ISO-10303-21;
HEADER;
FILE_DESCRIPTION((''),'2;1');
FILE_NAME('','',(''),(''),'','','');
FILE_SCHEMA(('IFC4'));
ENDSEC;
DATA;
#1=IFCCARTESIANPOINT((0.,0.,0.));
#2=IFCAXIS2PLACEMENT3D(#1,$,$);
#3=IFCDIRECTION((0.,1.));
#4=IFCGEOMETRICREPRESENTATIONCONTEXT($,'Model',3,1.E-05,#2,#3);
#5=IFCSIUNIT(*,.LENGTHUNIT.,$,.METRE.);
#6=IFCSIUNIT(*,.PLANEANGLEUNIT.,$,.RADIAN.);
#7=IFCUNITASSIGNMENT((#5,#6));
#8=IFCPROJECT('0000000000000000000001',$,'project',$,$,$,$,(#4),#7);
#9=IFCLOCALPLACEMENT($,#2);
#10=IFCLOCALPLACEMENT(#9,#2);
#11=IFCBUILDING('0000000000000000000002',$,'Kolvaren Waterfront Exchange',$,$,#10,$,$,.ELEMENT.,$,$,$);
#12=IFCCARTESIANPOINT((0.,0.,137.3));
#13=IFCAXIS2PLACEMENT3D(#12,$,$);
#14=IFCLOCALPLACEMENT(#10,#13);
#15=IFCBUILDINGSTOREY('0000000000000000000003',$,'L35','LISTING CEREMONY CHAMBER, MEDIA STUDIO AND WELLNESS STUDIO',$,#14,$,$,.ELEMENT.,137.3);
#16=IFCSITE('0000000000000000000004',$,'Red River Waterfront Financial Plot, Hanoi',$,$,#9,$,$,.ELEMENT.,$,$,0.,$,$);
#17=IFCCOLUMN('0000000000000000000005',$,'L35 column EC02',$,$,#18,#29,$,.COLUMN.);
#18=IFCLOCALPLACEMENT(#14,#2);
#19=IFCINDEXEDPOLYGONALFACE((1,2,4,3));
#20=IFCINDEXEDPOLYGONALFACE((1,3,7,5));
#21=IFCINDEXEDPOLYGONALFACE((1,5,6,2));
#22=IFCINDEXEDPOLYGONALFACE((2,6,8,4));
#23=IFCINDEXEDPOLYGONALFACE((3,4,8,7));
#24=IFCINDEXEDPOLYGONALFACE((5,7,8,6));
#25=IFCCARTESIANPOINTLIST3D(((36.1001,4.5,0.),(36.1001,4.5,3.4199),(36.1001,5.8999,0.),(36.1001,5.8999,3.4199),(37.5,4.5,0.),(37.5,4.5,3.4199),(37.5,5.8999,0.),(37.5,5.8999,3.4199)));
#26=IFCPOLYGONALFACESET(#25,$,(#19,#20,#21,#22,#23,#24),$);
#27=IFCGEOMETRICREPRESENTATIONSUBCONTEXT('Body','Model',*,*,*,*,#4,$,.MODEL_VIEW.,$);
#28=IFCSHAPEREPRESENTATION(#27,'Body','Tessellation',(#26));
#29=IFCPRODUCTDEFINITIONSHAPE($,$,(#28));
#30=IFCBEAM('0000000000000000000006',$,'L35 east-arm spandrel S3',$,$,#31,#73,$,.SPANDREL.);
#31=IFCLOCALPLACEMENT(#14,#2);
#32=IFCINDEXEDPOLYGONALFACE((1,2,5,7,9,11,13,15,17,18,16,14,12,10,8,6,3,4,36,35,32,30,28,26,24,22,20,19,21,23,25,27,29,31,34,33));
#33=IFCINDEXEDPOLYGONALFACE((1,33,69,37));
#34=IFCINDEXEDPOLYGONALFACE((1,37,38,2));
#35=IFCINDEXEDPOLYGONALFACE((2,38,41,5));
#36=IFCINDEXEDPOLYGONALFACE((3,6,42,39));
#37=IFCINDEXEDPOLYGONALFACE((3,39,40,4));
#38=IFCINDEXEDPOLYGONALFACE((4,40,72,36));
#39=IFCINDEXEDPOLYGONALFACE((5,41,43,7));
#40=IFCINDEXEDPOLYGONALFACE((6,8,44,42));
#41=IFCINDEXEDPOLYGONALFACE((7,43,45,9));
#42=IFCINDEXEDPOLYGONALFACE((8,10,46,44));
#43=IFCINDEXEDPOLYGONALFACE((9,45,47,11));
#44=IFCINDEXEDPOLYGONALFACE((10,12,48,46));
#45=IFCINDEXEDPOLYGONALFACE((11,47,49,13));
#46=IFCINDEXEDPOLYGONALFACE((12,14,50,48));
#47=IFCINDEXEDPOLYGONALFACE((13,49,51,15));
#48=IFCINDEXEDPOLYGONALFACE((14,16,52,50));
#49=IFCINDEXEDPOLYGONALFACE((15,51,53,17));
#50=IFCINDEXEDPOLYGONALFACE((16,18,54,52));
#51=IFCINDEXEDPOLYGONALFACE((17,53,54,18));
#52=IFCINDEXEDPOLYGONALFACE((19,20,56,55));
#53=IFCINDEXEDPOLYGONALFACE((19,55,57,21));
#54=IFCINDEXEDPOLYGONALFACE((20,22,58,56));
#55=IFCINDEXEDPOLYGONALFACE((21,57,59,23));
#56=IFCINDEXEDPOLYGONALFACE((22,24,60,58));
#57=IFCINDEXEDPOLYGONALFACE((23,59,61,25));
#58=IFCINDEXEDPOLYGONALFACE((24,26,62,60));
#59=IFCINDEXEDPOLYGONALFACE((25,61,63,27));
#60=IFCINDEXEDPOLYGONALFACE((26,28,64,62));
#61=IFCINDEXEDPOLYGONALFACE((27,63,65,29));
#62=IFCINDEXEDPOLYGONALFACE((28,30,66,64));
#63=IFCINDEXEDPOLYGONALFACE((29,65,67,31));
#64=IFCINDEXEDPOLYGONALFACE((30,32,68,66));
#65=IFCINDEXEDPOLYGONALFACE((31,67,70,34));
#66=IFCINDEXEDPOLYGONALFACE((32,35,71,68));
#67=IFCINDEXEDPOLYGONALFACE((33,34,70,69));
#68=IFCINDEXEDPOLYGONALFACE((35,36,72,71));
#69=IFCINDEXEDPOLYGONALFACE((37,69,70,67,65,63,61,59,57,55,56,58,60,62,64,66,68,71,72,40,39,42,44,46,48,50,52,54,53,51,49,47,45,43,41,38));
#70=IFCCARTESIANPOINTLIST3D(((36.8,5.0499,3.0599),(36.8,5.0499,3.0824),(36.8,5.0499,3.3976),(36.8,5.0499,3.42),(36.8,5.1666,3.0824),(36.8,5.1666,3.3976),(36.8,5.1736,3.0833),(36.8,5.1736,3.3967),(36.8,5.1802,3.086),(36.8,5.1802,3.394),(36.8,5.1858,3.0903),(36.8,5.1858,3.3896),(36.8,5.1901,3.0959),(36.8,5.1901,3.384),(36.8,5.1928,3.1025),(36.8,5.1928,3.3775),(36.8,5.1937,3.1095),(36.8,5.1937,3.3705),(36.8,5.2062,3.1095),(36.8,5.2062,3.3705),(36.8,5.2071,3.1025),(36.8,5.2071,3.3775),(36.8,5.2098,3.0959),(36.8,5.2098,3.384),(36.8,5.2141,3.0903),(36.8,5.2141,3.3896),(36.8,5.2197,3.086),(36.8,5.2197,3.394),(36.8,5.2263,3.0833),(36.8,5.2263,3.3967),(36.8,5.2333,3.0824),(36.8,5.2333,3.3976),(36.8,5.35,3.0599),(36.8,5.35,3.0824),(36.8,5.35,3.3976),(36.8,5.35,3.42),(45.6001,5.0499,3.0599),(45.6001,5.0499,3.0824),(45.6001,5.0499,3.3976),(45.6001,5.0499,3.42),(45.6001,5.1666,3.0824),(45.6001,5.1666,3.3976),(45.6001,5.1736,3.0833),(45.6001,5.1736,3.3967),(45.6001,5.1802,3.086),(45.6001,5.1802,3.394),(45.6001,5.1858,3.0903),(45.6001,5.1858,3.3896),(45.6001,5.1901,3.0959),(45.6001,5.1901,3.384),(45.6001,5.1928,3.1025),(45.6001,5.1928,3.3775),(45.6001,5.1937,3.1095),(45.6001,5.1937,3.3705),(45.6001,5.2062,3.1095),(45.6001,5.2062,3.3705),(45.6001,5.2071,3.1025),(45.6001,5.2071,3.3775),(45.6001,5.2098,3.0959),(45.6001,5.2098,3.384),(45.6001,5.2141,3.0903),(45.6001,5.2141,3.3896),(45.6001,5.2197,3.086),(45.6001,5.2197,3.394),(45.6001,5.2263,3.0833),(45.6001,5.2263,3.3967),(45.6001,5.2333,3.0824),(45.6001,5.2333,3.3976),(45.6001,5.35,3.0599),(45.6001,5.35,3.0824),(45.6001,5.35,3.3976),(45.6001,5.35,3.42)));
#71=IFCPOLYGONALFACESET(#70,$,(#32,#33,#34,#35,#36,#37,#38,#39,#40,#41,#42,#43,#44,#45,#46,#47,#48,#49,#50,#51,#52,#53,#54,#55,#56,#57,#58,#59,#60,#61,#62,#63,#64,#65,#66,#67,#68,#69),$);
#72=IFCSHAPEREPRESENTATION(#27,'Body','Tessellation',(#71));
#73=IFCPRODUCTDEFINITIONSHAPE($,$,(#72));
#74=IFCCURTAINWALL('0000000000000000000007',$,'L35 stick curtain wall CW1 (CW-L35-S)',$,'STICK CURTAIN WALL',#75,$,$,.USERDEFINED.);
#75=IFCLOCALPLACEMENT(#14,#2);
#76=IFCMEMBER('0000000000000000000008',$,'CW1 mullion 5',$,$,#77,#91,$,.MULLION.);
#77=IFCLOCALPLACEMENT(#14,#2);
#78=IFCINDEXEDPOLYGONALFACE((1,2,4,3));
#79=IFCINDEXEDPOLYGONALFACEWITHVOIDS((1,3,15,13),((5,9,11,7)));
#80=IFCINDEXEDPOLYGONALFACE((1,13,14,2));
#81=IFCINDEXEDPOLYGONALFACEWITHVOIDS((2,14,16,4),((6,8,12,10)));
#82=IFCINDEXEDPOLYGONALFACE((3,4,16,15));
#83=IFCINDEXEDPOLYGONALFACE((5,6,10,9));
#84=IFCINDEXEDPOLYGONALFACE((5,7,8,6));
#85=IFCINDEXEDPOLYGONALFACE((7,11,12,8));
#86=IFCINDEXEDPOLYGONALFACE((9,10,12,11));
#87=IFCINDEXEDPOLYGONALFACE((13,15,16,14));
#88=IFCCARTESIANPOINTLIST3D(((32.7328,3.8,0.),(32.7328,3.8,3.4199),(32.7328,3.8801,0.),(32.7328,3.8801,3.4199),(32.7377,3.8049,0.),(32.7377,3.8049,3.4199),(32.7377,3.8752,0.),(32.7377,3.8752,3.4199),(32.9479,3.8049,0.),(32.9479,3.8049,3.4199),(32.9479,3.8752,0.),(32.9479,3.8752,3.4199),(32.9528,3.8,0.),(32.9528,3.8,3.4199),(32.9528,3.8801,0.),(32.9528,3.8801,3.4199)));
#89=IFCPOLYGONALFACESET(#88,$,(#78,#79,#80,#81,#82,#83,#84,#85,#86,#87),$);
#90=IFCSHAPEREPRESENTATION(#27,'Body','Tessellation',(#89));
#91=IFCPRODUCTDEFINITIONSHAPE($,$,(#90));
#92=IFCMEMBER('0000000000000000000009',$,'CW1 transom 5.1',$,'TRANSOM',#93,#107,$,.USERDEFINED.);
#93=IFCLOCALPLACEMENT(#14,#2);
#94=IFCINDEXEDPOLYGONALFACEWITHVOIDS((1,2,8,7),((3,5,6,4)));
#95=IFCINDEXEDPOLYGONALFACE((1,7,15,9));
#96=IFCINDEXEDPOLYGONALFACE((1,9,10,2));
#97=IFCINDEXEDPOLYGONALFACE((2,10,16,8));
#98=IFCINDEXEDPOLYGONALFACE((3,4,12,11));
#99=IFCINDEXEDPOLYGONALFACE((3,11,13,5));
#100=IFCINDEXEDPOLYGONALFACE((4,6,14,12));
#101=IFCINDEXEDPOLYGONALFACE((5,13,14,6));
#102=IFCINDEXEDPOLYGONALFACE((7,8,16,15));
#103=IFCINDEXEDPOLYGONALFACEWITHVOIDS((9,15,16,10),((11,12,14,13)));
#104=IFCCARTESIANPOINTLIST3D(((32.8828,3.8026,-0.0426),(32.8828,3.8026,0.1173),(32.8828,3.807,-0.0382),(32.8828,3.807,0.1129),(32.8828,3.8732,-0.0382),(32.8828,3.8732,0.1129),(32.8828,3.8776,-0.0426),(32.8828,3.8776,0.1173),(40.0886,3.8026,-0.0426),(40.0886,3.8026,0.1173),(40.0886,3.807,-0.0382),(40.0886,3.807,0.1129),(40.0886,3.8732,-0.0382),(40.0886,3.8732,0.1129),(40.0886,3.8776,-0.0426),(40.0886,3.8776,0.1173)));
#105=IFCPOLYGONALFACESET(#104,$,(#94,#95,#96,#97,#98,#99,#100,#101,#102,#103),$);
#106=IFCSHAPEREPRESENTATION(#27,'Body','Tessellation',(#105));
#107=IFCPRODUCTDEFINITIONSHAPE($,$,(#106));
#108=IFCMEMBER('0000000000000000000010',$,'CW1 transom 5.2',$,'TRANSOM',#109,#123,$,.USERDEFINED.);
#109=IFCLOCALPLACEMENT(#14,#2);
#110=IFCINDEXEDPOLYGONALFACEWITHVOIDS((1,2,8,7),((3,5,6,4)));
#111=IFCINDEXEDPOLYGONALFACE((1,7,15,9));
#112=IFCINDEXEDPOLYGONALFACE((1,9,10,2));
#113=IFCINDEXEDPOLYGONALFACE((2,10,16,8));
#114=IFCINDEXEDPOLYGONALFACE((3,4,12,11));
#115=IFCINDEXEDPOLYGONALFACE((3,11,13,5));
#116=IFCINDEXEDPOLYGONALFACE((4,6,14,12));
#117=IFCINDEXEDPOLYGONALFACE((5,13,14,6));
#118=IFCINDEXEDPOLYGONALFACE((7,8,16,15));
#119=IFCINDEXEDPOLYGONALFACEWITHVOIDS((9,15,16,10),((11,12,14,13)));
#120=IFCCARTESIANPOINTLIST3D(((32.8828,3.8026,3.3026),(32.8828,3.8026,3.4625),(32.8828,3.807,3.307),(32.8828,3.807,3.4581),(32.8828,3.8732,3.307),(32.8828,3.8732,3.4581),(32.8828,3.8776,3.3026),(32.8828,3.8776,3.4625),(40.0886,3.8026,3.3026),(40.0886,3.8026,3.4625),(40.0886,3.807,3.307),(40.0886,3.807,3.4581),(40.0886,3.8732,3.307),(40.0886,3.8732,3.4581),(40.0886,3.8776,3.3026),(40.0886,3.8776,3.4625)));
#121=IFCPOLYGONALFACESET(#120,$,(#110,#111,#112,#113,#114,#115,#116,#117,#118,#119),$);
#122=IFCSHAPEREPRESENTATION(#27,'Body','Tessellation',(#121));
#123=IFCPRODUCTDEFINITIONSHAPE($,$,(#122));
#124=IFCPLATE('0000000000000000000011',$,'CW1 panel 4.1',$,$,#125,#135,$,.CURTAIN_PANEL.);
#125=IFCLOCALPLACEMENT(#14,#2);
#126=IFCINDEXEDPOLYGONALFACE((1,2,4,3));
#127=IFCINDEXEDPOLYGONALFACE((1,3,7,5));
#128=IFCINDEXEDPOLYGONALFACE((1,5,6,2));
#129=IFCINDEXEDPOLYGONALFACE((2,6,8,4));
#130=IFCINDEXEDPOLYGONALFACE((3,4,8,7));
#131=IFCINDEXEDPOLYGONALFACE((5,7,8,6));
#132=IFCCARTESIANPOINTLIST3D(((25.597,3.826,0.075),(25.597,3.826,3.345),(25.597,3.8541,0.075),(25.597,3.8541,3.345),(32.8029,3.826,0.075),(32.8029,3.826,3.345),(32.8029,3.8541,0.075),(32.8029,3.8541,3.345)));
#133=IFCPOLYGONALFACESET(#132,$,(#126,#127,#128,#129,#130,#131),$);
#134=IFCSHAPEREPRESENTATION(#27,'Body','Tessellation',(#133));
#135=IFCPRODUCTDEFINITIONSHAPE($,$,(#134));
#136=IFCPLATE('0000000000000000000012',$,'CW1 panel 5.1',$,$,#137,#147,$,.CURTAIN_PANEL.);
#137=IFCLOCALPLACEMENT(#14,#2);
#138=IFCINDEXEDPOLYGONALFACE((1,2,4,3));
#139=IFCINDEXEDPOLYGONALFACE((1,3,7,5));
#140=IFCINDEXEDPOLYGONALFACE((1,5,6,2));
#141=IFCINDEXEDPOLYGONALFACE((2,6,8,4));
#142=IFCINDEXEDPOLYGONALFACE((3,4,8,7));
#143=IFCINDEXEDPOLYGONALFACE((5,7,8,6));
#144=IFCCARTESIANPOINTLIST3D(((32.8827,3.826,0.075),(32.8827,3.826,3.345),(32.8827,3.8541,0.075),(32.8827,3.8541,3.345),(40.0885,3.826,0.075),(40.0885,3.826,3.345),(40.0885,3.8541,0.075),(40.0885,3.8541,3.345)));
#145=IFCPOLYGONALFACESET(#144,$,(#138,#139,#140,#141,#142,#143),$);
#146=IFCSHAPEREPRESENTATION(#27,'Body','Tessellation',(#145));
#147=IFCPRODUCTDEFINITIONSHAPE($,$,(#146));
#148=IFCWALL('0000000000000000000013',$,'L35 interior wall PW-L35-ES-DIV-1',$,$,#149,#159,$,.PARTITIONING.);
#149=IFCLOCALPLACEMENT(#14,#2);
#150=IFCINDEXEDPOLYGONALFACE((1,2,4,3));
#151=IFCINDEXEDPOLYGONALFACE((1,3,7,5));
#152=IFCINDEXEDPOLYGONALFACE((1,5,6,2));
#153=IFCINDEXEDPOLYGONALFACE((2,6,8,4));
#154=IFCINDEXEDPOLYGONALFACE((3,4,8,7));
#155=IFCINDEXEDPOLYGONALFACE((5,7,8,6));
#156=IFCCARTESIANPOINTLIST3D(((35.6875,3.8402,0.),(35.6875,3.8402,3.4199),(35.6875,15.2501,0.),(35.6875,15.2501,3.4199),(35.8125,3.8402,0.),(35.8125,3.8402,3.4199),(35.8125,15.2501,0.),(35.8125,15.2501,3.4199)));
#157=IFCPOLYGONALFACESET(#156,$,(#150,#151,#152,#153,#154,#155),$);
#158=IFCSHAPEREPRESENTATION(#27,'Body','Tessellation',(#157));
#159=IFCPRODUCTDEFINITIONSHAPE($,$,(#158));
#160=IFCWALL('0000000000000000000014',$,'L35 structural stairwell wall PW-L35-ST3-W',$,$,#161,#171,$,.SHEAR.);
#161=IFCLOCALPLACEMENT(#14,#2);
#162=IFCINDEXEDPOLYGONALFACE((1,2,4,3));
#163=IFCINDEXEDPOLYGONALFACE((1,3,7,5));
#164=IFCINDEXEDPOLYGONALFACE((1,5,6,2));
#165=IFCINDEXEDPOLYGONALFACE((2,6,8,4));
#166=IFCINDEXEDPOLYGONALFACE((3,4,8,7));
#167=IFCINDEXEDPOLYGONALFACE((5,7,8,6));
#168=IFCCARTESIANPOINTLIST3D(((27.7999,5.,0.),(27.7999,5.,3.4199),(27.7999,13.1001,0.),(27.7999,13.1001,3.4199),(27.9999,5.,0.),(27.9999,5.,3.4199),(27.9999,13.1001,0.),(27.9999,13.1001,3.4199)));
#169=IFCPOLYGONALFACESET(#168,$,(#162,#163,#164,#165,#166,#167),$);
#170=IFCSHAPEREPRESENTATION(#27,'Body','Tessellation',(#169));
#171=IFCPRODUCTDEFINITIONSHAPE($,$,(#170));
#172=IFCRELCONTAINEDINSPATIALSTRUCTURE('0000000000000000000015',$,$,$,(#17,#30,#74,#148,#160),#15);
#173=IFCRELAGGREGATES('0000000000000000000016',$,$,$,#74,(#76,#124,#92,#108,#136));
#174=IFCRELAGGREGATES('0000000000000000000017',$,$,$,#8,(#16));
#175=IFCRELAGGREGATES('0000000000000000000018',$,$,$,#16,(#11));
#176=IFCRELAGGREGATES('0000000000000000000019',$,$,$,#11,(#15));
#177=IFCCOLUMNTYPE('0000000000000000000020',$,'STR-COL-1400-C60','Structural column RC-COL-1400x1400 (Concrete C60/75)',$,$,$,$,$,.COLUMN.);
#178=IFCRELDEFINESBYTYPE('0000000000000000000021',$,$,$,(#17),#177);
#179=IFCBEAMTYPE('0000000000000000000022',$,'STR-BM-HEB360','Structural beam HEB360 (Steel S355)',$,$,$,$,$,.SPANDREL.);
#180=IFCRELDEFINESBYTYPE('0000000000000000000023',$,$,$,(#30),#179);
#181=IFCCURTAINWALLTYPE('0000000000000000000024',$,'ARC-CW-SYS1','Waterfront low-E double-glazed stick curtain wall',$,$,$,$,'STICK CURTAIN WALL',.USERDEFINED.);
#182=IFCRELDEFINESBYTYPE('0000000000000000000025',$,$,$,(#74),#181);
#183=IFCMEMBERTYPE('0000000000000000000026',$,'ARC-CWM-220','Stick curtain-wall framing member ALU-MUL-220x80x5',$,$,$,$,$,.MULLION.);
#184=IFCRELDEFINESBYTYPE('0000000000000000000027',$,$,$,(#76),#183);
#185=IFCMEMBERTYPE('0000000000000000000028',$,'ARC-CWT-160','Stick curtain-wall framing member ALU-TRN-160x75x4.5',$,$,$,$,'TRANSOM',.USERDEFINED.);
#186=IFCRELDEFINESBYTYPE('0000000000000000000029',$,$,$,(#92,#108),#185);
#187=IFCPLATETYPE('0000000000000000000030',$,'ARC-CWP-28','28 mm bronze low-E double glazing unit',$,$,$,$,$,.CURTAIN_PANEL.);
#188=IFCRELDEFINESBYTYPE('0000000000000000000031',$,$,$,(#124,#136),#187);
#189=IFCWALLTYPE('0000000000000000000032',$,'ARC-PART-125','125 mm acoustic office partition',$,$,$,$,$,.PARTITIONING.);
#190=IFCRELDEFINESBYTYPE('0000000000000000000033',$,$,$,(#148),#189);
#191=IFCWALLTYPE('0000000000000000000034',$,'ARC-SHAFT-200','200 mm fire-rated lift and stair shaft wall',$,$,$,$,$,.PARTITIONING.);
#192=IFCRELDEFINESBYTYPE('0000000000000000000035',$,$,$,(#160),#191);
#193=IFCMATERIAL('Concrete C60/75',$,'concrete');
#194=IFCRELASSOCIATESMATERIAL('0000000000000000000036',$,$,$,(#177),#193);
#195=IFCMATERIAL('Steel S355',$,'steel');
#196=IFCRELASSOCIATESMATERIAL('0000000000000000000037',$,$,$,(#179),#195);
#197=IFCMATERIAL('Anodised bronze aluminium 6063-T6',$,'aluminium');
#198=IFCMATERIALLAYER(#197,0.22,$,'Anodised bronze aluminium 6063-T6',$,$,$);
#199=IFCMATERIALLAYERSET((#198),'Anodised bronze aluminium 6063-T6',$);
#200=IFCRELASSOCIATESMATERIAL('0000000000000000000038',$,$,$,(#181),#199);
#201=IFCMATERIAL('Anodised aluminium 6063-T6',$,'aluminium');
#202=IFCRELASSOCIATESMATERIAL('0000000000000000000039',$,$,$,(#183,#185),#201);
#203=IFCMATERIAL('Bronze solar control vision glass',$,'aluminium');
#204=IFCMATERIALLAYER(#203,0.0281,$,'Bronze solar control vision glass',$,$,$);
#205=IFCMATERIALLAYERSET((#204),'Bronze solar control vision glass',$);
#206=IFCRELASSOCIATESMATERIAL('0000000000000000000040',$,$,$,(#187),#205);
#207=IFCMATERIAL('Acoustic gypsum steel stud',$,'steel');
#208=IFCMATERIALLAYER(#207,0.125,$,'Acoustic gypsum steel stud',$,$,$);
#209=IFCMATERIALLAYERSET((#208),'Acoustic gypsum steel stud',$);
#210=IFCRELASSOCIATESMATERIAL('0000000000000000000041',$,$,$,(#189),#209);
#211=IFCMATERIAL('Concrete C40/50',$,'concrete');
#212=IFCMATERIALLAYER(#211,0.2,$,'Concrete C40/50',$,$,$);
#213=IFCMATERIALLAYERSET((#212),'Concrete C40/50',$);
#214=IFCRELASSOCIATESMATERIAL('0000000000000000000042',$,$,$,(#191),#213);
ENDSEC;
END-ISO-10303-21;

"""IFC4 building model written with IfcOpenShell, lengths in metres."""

from ifc_helpers import new_model, si_unit, direction, frame, frame_2d, origin, origin_with_axes, origin_2d, place, context, subcontext, project, spatial, rectangle, hollow_rectangle, i_section, extrude, source, transform, mapped, material, layer, layer_set, material_profile, profile_set, type_object, element, aggregate, save


model = new_model("IFC4")

# Units and contexts
model_context = context("Model", 3, precision=1e-05, world=origin(), true_north=direction((0.0, 1.0)))
body_context = subcontext(model_context, "Body", "Model", "MODEL_VIEW")
ifc_project = project(units=[si_unit("LENGTHUNIT", "METRE"), si_unit("PLANEANGLEUNIT", "RADIAN")], contexts=[model_context])

# Site, building, storey
site_placement = place(None, origin())
site = spatial("IfcSite", under=ifc_project, at=site_placement, Name="Red River Waterfront Financial Plot, Hanoi", CompositionType="ELEMENT", RefElevation=0.0)
building_placement = place(site_placement, origin())
building = spatial("IfcBuilding", under=site, at=building_placement, Name="Kolvaren Waterfront Exchange", CompositionType="ELEMENT")
storey_placement = place(building_placement, frame((0.0, 0.0, 137.3)))
storey = spatial("IfcBuildingStorey", under=building, at=storey_placement, Name="L35", Description="LISTING CEREMONY CHAMBER, MEDIA STUDIO AND WELLNESS STUDIO", CompositionType="ELEMENT", Elevation=137.3)

# Column
ifc_material_1 = material(Name="Concrete C60/75", Category="concrete")
ifc_material_profile_1 = material_profile(ifc_material_1, rectangle(XDim=1.3999, YDim=1.3999, at=origin_2d()), Name="RC-COL-1400x1400")
ifc_profile_set_1 = profile_set([ifc_material_profile_1], Name="Concrete C60/75")
column_type = type_object("IfcColumnType", Name="STR-COL-1400-C60", Description="Structural column RC-COL-1400x1400 (Concrete C60/75)", PredefinedType="COLUMN", material=ifc_profile_set_1)
column_placement = place(storey_placement, frame((36.8, 5.2, 0.0), z_axis=(0.0, 0.0, 1.0), x_axis=(1.0, 0.0, 0.0)))
element("IfcColumn", 1, at=column_placement, inside=storey, type_object=column_type, Name="L35 column EC02", PredefinedType="COLUMN", context=body_context, shape_type="SweptSolid", body=[
    extrude(rectangle(XDim=1.3999, YDim=1.3999, at=origin_2d()), origin(), (0.0, 0.0, 1.0), 3.4199),
])

# Beam
ifc_material_2 = material(Name="Steel S355", Category="steel")
ifc_material_profile_2 = material_profile(ifc_material_2, i_section(OverallWidth=0.3, OverallDepth=0.3601, WebThickness=0.0125, FlangeThickness=0.0225, FilletRadius=0.0271, at=origin_2d()), Name="HEB360")
ifc_profile_set_2 = profile_set([ifc_material_profile_2], Name="Steel S355")
beam_type = type_object("IfcBeamType", Name="STR-BM-HEB360", Description="Structural beam HEB360 (Steel S355)", PredefinedType="SPANDREL", material=ifc_profile_set_2)
beam_placement = place(storey_placement, frame((36.8, 5.2, 3.24), z_axis=(1.0, 0.0, 0.0), x_axis=(0.0, 1.0, 0.0)))
element("IfcBeam", 2, at=beam_placement, inside=storey, type_object=beam_type, Name="L35 east-arm spandrel S3", PredefinedType="SPANDREL", context=body_context, shape_type="SweptSolid", body=[
    extrude(i_section(OverallWidth=0.3, OverallDepth=0.3601, WebThickness=0.0125, FlangeThickness=0.0225, FilletRadius=0.0271, at=origin_2d()), origin(), (0.0, 0.0, 1.0), 8.8),
])

# Curtain wall, members, plates
ifc_material_3 = material(Name="Anodised bronze aluminium 6063-T6", Category="aluminium")
ifc_layer_1 = layer(ifc_material_3, 0.22, Name="Anodised bronze aluminium 6063-T6")
ifc_layer_set_1 = layer_set([ifc_layer_1], Name="Anodised bronze aluminium 6063-T6")
curtain_wall_type = type_object("IfcCurtainWallType", Name="ARC-CW-SYS1", Description="Waterfront low-E double-glazed stick curtain wall", ElementType="STICK CURTAIN WALL", PredefinedType="USERDEFINED", material=ifc_layer_set_1)
curtain_wall_placement = place(storey_placement, origin())
curtain_wall = element("IfcCurtainWall", 3, at=curtain_wall_placement, inside=storey, type_object=curtain_wall_type, Name="L35 stick curtain wall CW1 (CW-L35-S)", ObjectType="STICK CURTAIN WALL", PredefinedType="USERDEFINED")
ifc_material_4 = material(Name="Anodised aluminium 6063-T6", Category="aluminium")
ifc_material_profile_3 = material_profile(ifc_material_4, hollow_rectangle(XDim=0.0801, YDim=0.22, WallThickness=0.0049, at=origin_2d()), Name="ALU-MUL-220x80x5")
ifc_profile_set_3 = profile_set([ifc_material_profile_3], Name="Anodised aluminium 6063-T6")
member_type_1 = type_object("IfcMemberType", Name="ARC-CWM-220", Description="Stick curtain-wall framing member ALU-MUL-220x80x5", PredefinedType="MULLION", material=ifc_profile_set_3)
shared_shape_1 = source(origin_with_axes(), body_context, "Body", "SweptSolid", [
    extrude(hollow_rectangle(XDim=0.0801, YDim=0.22, WallThickness=0.0049, at=origin_2d()), origin(), (0.0, 0.0, 1.0), 3.4199),
])
member_1_placement = place(storey_placement, frame((32.8428, 3.8401, 0.0), z_axis=(0.0, 0.0, 1.0), x_axis=(0.0, 1.0, 0.0)))
member_1 = element("IfcMember", 4, at=member_1_placement, type_object=member_type_1, Name="CW1 mullion 5", PredefinedType="MULLION", context=body_context, shape_type="MappedRepresentation", body=[
    mapped(shared_shape_1, transform((0.0, 0.0, 0.0), x_axis=(1.0, 0.0, 0.0), y_axis=(0.0, 1.0, 0.0), z_axis=(0.0, 0.0, 1.0), scale=1.0)),
])
ifc_material_profile_4 = material_profile(ifc_material_4, hollow_rectangle(XDim=0.075, YDim=0.1599, WallThickness=0.0044, at=origin_2d()), Name="ALU-TRN-160x75x4.5")
ifc_profile_set_4 = profile_set([ifc_material_profile_4], Name="Anodised aluminium 6063-T6")
member_type_2 = type_object("IfcMemberType", Name="ARC-CWT-160", Description="Stick curtain-wall framing member ALU-TRN-160x75x4.5", ElementType="TRANSOM", PredefinedType="USERDEFINED", material=ifc_profile_set_4)
shared_shape_2 = source(origin_with_axes(), body_context, "Body", "SweptSolid", [
    extrude(hollow_rectangle(XDim=0.075, YDim=0.1599, WallThickness=0.0044, at=origin_2d()), origin(), (0.0, 0.0, 1.0), 7.2058),
])
member_2_placement = place(storey_placement, frame((32.8828, 3.8401, 0.0374), z_axis=(1.0, 0.0, 0.0), x_axis=(0.0, 1.0, 0.0)))
member_2 = element("IfcMember", 5, at=member_2_placement, type_object=member_type_2, Name="CW1 transom 5.1", ObjectType="TRANSOM", PredefinedType="USERDEFINED", context=body_context, shape_type="MappedRepresentation", body=[
    mapped(shared_shape_2, transform((0.0, 0.0, 0.0), x_axis=(1.0, 0.0, 0.0), y_axis=(0.0, 1.0, 0.0), z_axis=(0.0, 0.0, 1.0), scale=1.0)),
])
member_3_placement = place(storey_placement, frame((32.8828, 3.8401, 3.3826), z_axis=(1.0, 0.0, 0.0), x_axis=(0.0, 1.0, 0.0)))
member_3 = element("IfcMember", 6, at=member_3_placement, type_object=member_type_2, Name="CW1 transom 5.2", ObjectType="TRANSOM", PredefinedType="USERDEFINED", context=body_context, shape_type="MappedRepresentation", body=[
    mapped(shared_shape_2, transform((0.0, 0.0, 0.0), x_axis=(1.0, 0.0, 0.0), y_axis=(0.0, 1.0, 0.0), z_axis=(0.0, 0.0, 1.0), scale=1.0)),
])
ifc_material_5 = material(Name="Bronze solar control vision glass", Category="aluminium")
ifc_layer_2 = layer(ifc_material_5, 0.0281, Name="Bronze solar control vision glass")
ifc_layer_set_2 = layer_set([ifc_layer_2], Name="Bronze solar control vision glass")
plate_type = type_object("IfcPlateType", Name="ARC-CWP-28", Description="28 mm bronze low-E double glazing unit", PredefinedType="CURTAIN_PANEL", material=ifc_layer_set_2)
shared_shape_3 = source(origin_with_axes(), body_context, "Body", "SweptSolid", [
    extrude(rectangle(XDim=7.2058, YDim=0.0281, at=origin_2d()), origin(), (0.0, 0.0, 1.0), 3.27),
])
plate_1_placement = place(storey_placement, frame((29.2, 3.8401, 0.075), z_axis=(0.0, 0.0, 1.0), x_axis=(1.0, 0.0, 0.0)))
plate_1 = element("IfcPlate", 7, at=plate_1_placement, type_object=plate_type, Name="CW1 panel 4.1", PredefinedType="CURTAIN_PANEL", context=body_context, shape_type="MappedRepresentation", body=[
    mapped(shared_shape_3, transform((0.0, 0.0, 0.0), x_axis=(1.0, 0.0, 0.0), y_axis=(0.0, 1.0, 0.0), z_axis=(0.0, 0.0, 1.0), scale=1.0)),
])
plate_2_placement = place(storey_placement, frame((36.4856, 3.8401, 0.075), z_axis=(0.0, 0.0, 1.0), x_axis=(1.0, 0.0, 0.0)))
plate_2 = element("IfcPlate", 8, at=plate_2_placement, type_object=plate_type, Name="CW1 panel 5.1", PredefinedType="CURTAIN_PANEL", context=body_context, shape_type="MappedRepresentation", body=[
    mapped(shared_shape_3, transform((0.0, 0.0, 0.0), x_axis=(1.0, 0.0, 0.0), y_axis=(0.0, 1.0, 0.0), z_axis=(0.0, 0.0, 1.0), scale=1.0)),
])
aggregate(curtain_wall, [member_1, plate_1, member_2, member_3, plate_2])

# Walls
ifc_material_6 = material(Name="Acoustic gypsum steel stud", Category="steel")
ifc_layer_3 = layer(ifc_material_6, 0.125, Name="Acoustic gypsum steel stud")
ifc_layer_set_3 = layer_set([ifc_layer_3], Name="Acoustic gypsum steel stud")
wall_type_1 = type_object("IfcWallType", Name="ARC-PART-125", Description="125 mm acoustic office partition", PredefinedType="PARTITIONING", material=ifc_layer_set_3)
wall_1_placement = place(storey_placement, frame((35.75, 3.8401, 0.0), z_axis=(0.0, 0.0, 1.0), x_axis=(0.0, 1.0, 0.0)))
element("IfcWall", 9, at=wall_1_placement, inside=storey, type_object=wall_type_1, Name="L35 interior wall PW-L35-ES-DIV-1", PredefinedType="PARTITIONING", context=body_context, shape_type="SweptSolid", body=[
    extrude(rectangle(XDim=11.4099, YDim=0.125, at=frame_2d((5.7051, 0.0))), origin(), (0.0, 0.0, 1.0), 3.4199),
])
ifc_material_7 = material(Name="Concrete C40/50", Category="concrete")
ifc_layer_4 = layer(ifc_material_7, 0.2, Name="Concrete C40/50")
ifc_layer_set_4 = layer_set([ifc_layer_4], Name="Concrete C40/50")
wall_type_2 = type_object("IfcWallType", Name="ARC-SHAFT-200", Description="200 mm fire-rated lift and stair shaft wall", PredefinedType="PARTITIONING", material=ifc_layer_set_4)
wall_2_placement = place(storey_placement, frame((27.8999, 5.0, 0.0), z_axis=(0.0, 0.0, 1.0), x_axis=(0.0, 1.0, 0.0)))
element("IfcWall", 10, at=wall_2_placement, inside=storey, type_object=wall_type_2, Name="L35 structural stairwell wall PW-L35-ST3-W", PredefinedType="SHEAR", context=body_context, shape_type="SweptSolid", body=[
    extrude(rectangle(XDim=8.1001, YDim=0.2, at=frame_2d((4.05, 0.0))), origin(), (0.0, 0.0, 1.0), 3.4199),
])

save(model, "model.ifc")
